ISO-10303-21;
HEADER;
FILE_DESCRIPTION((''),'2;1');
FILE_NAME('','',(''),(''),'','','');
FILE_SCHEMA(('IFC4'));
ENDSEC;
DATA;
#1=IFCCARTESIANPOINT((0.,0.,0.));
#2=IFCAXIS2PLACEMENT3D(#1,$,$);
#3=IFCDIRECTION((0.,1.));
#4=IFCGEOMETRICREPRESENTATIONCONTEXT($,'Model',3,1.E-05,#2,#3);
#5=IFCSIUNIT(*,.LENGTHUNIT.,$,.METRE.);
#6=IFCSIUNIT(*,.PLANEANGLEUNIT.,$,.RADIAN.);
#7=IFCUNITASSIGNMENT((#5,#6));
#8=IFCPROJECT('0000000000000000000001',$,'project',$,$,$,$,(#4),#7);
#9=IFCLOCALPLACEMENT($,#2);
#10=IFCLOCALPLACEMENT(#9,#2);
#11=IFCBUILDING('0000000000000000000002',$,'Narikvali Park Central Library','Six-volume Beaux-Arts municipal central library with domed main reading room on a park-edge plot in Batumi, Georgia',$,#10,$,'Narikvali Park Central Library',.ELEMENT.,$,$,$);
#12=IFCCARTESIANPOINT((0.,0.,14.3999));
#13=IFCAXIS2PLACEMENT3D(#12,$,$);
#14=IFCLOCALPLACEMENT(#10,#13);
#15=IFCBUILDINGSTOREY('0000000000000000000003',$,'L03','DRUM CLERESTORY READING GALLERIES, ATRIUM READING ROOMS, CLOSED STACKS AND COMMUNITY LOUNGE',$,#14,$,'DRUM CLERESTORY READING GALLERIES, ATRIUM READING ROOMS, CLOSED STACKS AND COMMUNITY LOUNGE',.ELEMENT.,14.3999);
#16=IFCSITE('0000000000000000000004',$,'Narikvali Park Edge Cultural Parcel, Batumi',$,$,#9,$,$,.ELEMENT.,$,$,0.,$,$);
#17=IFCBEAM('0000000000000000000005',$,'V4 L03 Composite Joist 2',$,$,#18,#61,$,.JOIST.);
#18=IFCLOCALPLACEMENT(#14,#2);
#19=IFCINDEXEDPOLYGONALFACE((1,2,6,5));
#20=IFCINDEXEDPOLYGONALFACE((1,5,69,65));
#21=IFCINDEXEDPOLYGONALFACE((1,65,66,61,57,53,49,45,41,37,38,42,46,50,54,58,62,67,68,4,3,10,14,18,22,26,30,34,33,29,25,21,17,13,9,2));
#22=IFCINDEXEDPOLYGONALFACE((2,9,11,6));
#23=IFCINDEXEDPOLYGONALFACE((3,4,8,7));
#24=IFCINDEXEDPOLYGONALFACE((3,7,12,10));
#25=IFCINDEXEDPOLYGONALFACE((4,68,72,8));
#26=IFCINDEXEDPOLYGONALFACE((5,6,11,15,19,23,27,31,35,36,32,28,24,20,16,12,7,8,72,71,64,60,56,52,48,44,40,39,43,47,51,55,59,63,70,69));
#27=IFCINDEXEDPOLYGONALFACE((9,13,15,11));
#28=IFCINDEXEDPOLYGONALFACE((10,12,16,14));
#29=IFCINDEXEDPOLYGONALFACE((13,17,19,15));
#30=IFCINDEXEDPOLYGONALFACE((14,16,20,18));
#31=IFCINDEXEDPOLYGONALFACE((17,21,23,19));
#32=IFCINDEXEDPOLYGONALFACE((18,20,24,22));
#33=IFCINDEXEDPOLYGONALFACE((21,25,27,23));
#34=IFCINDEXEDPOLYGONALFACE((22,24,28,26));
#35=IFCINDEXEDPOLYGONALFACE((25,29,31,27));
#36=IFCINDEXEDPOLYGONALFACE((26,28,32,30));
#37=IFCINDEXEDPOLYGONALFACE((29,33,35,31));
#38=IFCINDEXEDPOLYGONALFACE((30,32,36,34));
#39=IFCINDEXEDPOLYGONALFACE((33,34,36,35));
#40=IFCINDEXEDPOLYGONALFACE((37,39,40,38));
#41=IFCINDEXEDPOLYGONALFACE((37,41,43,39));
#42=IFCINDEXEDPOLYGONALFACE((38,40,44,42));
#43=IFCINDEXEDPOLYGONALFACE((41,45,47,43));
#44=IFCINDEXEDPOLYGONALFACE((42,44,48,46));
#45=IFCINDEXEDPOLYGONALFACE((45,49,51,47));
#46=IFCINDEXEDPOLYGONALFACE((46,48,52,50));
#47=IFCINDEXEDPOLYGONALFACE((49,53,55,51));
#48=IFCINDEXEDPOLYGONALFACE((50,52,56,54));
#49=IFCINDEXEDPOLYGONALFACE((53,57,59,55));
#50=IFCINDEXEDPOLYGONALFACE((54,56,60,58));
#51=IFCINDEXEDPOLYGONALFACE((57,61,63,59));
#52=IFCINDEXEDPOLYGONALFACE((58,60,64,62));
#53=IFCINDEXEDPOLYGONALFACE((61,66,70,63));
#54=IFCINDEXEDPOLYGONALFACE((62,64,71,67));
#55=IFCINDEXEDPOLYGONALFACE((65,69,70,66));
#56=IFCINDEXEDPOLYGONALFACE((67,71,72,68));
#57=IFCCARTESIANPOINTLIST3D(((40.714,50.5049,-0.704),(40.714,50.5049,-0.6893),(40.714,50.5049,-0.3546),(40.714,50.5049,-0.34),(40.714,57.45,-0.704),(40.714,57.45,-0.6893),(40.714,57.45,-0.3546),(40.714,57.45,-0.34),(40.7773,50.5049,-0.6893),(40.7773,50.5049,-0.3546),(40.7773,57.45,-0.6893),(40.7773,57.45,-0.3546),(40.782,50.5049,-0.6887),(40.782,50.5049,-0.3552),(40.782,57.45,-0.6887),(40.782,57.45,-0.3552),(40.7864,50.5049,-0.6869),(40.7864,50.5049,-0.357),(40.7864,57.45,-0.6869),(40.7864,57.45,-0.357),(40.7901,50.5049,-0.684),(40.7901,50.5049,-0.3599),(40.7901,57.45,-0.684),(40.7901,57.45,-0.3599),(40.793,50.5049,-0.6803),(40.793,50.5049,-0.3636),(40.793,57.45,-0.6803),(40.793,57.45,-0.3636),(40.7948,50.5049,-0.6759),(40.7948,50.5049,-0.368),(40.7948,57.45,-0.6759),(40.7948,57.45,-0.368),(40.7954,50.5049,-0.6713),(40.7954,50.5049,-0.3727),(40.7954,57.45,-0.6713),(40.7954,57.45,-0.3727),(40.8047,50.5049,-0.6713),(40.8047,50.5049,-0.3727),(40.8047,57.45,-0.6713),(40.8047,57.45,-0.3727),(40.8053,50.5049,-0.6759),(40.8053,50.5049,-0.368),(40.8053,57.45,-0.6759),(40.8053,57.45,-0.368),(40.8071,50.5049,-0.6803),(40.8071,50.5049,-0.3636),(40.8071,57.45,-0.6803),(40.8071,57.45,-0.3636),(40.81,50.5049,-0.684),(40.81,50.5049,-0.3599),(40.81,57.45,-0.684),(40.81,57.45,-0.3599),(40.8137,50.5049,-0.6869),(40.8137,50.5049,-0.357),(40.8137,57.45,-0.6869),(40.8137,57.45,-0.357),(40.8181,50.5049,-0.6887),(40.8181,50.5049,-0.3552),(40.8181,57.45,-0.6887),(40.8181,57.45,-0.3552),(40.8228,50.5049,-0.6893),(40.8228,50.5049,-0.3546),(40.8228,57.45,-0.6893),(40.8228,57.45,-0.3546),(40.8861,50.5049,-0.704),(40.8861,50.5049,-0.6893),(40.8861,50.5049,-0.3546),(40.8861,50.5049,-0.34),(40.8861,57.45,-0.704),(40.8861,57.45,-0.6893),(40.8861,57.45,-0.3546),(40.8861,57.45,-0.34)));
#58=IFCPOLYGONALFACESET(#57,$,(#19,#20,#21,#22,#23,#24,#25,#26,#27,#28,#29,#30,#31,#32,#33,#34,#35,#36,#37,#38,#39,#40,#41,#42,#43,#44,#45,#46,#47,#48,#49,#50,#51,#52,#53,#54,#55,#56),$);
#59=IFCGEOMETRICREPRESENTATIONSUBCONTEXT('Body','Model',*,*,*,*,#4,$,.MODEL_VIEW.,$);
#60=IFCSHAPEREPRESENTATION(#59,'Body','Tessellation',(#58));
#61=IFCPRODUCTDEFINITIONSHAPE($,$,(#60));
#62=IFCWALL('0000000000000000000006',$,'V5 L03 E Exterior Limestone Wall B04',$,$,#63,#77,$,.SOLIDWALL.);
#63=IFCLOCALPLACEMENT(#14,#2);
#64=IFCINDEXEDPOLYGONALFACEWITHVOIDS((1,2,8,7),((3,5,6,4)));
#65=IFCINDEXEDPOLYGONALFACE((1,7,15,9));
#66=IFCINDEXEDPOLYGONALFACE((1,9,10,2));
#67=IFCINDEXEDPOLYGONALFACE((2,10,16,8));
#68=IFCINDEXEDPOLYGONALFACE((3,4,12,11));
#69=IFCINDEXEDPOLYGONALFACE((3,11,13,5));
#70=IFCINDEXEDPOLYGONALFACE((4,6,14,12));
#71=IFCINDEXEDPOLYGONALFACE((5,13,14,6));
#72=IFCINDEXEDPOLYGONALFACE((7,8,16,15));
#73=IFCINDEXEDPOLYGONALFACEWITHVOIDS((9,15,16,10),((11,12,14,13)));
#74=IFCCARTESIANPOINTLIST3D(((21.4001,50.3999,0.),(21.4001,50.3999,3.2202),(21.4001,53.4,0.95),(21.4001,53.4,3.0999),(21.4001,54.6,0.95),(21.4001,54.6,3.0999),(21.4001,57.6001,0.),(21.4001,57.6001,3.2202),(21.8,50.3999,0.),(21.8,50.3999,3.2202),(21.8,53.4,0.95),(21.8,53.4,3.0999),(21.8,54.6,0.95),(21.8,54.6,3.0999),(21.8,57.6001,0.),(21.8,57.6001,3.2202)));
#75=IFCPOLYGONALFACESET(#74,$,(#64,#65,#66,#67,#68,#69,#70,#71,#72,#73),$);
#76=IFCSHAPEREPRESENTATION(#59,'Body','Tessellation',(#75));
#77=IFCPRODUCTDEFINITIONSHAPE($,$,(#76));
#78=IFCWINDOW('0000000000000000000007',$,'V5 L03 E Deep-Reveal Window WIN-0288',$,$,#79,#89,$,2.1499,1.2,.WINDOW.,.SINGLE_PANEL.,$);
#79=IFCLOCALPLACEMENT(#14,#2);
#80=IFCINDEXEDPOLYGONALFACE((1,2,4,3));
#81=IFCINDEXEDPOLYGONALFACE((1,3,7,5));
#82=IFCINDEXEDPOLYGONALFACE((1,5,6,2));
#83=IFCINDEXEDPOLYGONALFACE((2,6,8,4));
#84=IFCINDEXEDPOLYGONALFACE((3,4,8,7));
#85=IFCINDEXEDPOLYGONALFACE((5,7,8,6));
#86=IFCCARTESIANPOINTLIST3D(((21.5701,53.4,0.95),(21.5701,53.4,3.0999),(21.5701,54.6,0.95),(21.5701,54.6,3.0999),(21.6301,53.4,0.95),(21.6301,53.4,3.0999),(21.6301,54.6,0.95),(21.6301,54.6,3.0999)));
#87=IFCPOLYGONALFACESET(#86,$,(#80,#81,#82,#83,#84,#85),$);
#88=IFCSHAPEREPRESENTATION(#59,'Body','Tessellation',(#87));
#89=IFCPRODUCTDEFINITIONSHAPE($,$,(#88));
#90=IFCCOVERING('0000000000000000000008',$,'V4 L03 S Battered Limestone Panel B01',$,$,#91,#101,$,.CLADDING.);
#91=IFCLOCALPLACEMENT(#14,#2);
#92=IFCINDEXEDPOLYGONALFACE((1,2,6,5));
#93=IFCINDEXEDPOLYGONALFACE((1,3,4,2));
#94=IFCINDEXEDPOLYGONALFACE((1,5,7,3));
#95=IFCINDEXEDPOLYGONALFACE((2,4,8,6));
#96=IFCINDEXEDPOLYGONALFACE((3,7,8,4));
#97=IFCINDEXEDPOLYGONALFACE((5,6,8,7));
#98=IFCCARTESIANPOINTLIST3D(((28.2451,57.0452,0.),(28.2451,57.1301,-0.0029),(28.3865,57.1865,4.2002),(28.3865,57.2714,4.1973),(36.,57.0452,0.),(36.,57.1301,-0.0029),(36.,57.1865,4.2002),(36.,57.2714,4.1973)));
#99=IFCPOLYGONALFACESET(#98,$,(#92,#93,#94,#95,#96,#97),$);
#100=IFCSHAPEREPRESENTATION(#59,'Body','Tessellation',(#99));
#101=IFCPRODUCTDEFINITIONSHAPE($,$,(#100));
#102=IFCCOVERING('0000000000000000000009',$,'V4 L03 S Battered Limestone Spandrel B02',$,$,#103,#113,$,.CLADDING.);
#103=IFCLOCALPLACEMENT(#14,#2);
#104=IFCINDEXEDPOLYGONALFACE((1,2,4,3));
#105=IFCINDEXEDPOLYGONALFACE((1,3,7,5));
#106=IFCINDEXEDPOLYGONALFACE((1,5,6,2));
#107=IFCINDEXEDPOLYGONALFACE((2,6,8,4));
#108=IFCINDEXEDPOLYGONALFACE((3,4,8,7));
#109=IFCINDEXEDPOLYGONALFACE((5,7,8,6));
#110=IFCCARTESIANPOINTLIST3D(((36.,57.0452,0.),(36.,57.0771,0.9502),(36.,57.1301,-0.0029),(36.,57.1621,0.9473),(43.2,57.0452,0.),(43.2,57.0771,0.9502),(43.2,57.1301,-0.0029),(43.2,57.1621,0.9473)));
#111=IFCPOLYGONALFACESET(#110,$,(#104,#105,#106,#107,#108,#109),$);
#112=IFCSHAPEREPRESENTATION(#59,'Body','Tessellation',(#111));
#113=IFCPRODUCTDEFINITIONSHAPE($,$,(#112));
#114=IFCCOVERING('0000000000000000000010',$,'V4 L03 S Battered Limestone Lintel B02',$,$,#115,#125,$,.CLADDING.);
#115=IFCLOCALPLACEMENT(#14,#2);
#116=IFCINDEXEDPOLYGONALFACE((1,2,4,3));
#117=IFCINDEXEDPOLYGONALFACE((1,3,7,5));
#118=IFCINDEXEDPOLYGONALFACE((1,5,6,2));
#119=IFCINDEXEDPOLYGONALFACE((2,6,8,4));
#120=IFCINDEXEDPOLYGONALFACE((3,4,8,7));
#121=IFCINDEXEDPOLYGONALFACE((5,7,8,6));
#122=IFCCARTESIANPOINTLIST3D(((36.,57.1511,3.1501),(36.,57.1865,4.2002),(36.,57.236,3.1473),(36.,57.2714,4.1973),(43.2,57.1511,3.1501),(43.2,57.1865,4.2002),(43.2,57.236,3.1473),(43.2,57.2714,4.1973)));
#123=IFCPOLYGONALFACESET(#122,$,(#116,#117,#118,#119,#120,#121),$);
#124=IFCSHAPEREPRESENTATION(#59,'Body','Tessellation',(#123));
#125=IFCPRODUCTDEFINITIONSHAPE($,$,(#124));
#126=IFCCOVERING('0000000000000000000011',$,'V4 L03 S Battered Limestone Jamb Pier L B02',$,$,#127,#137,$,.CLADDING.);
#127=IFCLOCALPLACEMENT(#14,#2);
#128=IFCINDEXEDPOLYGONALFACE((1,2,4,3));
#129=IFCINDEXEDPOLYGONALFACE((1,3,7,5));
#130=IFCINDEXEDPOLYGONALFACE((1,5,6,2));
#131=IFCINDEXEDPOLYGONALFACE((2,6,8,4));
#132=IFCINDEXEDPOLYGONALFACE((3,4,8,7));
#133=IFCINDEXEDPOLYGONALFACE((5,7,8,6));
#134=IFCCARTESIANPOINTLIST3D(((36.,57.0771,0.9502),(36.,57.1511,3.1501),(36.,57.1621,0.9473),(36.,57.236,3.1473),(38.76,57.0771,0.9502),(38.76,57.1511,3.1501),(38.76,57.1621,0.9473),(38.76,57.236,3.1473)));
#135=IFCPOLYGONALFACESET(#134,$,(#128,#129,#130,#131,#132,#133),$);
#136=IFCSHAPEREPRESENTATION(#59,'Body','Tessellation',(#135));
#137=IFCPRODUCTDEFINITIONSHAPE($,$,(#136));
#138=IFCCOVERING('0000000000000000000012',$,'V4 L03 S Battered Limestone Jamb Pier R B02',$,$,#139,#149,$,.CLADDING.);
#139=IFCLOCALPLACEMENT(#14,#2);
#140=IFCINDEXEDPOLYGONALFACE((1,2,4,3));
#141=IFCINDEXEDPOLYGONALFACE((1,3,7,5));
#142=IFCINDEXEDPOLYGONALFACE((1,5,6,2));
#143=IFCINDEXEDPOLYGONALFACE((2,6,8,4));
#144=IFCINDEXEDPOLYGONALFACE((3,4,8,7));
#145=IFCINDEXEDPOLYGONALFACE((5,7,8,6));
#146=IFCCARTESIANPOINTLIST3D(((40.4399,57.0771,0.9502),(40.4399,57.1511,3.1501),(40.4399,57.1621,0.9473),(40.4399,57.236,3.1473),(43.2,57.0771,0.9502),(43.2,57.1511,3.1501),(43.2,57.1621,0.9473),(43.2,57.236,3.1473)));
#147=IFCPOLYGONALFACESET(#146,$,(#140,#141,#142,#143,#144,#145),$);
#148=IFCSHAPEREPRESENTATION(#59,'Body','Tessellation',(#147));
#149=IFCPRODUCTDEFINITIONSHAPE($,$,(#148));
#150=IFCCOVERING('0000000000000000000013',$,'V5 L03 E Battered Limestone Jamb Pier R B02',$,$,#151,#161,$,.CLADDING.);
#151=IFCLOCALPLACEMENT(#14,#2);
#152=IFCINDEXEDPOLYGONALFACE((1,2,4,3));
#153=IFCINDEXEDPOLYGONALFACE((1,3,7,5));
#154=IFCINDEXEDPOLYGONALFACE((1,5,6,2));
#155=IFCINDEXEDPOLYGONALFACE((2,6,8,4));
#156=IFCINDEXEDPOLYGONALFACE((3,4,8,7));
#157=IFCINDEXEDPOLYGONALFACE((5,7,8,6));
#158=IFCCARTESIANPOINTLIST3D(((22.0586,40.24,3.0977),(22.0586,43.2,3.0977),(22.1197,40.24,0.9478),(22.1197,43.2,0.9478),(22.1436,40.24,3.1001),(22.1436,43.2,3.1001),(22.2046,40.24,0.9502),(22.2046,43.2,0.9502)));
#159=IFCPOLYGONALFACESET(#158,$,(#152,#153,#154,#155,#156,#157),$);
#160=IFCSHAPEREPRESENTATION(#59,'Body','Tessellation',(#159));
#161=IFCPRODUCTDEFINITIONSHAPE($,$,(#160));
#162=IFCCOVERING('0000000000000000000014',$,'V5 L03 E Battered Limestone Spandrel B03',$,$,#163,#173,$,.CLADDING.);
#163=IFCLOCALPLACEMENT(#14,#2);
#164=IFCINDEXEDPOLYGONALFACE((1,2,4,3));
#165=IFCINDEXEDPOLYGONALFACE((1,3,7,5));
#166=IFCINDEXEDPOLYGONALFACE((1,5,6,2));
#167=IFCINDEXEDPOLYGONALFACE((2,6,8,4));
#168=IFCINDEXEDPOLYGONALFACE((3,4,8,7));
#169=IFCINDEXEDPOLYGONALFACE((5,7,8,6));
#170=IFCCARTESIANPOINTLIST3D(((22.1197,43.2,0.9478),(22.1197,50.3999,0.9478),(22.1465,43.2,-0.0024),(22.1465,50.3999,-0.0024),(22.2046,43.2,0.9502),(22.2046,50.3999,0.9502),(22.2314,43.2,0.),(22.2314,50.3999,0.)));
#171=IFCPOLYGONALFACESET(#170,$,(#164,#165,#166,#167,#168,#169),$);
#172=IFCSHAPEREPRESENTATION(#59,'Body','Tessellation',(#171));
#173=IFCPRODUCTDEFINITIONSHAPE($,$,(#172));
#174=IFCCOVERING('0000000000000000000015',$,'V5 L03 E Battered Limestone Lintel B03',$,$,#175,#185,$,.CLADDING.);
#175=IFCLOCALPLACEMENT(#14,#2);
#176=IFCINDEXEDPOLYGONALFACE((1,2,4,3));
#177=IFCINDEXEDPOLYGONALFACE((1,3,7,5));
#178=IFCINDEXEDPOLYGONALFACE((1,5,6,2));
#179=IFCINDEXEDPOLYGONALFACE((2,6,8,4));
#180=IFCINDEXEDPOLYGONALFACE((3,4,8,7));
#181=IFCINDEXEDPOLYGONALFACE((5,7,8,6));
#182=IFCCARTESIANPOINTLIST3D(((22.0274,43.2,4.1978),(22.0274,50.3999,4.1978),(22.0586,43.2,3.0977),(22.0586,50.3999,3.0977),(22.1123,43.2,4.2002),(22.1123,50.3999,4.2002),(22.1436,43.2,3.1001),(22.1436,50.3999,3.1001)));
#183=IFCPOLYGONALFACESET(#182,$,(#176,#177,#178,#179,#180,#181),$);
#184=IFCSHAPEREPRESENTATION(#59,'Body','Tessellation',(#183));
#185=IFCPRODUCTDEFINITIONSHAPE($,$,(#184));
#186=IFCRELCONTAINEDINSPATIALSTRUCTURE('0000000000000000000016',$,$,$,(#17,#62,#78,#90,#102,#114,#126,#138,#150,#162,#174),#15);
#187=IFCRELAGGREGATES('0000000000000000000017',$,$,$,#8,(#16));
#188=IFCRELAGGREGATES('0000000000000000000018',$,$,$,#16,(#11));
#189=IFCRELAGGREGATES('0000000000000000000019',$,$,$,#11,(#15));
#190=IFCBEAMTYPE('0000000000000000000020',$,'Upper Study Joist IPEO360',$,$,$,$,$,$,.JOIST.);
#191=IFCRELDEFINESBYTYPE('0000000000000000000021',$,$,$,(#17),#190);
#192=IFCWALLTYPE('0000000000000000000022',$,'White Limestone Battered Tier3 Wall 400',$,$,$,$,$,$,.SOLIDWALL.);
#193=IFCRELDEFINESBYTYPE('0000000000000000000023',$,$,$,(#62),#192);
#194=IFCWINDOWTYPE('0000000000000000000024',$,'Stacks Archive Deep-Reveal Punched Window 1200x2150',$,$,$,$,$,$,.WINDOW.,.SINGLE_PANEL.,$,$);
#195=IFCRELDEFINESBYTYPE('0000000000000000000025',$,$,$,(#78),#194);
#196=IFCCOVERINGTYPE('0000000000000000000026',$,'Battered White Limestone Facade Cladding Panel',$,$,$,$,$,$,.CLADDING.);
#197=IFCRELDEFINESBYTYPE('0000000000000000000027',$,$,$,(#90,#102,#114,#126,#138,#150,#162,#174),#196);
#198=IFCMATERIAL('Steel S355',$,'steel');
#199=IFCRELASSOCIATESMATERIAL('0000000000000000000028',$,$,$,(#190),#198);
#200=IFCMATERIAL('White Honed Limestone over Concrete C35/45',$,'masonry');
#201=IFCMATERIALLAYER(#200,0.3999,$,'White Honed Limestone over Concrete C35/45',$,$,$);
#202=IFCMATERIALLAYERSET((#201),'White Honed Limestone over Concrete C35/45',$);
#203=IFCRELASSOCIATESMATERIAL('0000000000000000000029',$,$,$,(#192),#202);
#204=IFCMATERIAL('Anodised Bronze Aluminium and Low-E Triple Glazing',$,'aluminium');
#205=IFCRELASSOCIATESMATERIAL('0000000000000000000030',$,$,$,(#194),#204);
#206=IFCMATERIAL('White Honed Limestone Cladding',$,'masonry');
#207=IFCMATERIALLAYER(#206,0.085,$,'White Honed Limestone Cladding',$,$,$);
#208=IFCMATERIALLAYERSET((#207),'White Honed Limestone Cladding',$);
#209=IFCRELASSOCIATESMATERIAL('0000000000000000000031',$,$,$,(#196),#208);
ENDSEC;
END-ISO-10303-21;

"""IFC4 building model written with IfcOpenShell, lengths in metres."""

from ifc_helpers import new_model, si_unit, direction, frame, frame_2d, origin, origin_2d, place, context, subcontext, project, spatial, polyline, rectangle, i_section, outline, extrude, material, layer, layer_set, material_profile, profile_set, type_object, element, fill, save


model = new_model("IFC4")

# Units and contexts
model_context = context("Model", 3, precision=1e-05, world=origin(), true_north=direction((0.0, 1.0)))
body_context = subcontext(model_context, "Body", "Model", "MODEL_VIEW")
ifc_project = project(units=[si_unit("LENGTHUNIT", "METRE"), si_unit("PLANEANGLEUNIT", "RADIAN")], contexts=[model_context])

# Site, building, storey
site_placement = place(None, origin())
site = spatial("IfcSite", under=ifc_project, at=site_placement, Name="Narikvali Park Edge Cultural Parcel, Batumi", CompositionType="ELEMENT", RefElevation=0.0)
building_placement = place(site_placement, origin())
building = spatial("IfcBuilding", under=site, at=building_placement, Name="Narikvali Park Central Library", Description="Six-volume Beaux-Arts municipal central library with domed main reading room on a park-edge plot in Batumi, Georgia", LongName="Narikvali Park Central Library", CompositionType="ELEMENT")
storey_placement = place(building_placement, frame((0.0, 0.0, 14.3999)))
storey = spatial("IfcBuildingStorey", under=building, at=storey_placement, Name="L03", Description="DRUM CLERESTORY READING GALLERIES, ATRIUM READING ROOMS, CLOSED STACKS AND COMMUNITY LOUNGE", LongName="DRUM CLERESTORY READING GALLERIES, ATRIUM READING ROOMS, CLOSED STACKS AND COMMUNITY LOUNGE", CompositionType="ELEMENT", Elevation=14.3999)

# Beam
ifc_material_1 = material(Name="Steel S355", Category="steel")
ifc_material_profile_1 = material_profile(ifc_material_1, i_section(OverallWidth=0.1721, OverallDepth=0.364, WebThickness=0.0093, FlangeThickness=0.0146, FilletRadius=0.0181, at=origin_2d()), Name="IPEO 360")
ifc_profile_set_1 = profile_set([ifc_material_profile_1], Name="Steel S355")
beam_type_1 = type_object("IfcBeamType", Name="Upper Study Joist IPEO360", PredefinedType="JOIST", material=ifc_profile_set_1)
for number, where, z_axis, x_axis, name in (
    (1, (40.8, 50.5049, -0.522), (0.0, 1.0, 0.0), (-1.0, 0.0, 0.0), "V4 L03 Composite Joist 2"),
):
    element("IfcBeam", number, at=place(storey_placement, frame(where, z_axis=z_axis, x_axis=x_axis)), inside=storey, type_object=beam_type_1, Name=name, PredefinedType="JOIST", context=body_context, shape_type="SweptSolid", body=[
        extrude(i_section(OverallWidth=0.1721, OverallDepth=0.364, WebThickness=0.0093, FlangeThickness=0.0146, FilletRadius=0.0181, at=origin_2d()), origin(), (0.0, 0.0, 1.0), 6.9451),
    ])

# Wall, opening, window
ifc_material_2 = material(Name="White Honed Limestone over Concrete C35/45", Category="masonry")
ifc_layer_1 = layer(ifc_material_2, 0.3999, Name="White Honed Limestone over Concrete C35/45")
ifc_layer_set_1 = layer_set([ifc_layer_1], Name="White Honed Limestone over Concrete C35/45")
wall_type = type_object("IfcWallType", Name="White Limestone Battered Tier3 Wall 400", PredefinedType="SOLIDWALL", material=ifc_layer_set_1)
wall_placement = place(storey_placement, frame((21.6001, 50.3999, 0.0), z_axis=(0.0, 0.0, 1.0), x_axis=(0.0, 1.0, 0.0)))
wall = element("IfcWall", 2, at=wall_placement, inside=storey, type_object=wall_type, Name="V5 L03 E Exterior Limestone Wall B04", PredefinedType="SOLIDWALL", context=body_context, shape_type="SweptSolid", body=[
    extrude(rectangle(XDim=7.2002, YDim=0.3999, at=frame_2d((3.6001, 0.0))), origin(), (0.0, 0.0, 1.0), 3.2202),
])
opening_placement = place(wall_placement, frame((3.0, 0.0, 0.95)))
opening = element("IfcOpeningElement", 3, at=opening_placement, cuts=wall, PredefinedType="OPENING", context=body_context, shape_type="SweptSolid", body=[
    extrude(rectangle(XDim=1.2, YDim=2.1499, at=frame_2d((0.6001, 1.075))), frame((0.0, 0.2119, 0.0), z_axis=(0.0, -1.0, 0.0), x_axis=(1.0, 0.0, 0.0)), (0.0, 0.0, 1.0), 0.4238),
])
ifc_material_3 = material(Name="Anodised Bronze Aluminium and Low-E Triple Glazing", Category="aluminium")
window_type = type_object("IfcWindowType", Name="Stacks Archive Deep-Reveal Punched Window 1200x2150", PartitioningType="SINGLE_PANEL", PredefinedType="WINDOW", material=ifc_material_3)
window_placement = place(opening_placement, origin())
window = element("IfcWindow", 4, at=window_placement, inside=storey, type_object=window_type, Name="V5 L03 E Deep-Reveal Window WIN-0288", OverallHeight=2.1499, OverallWidth=1.2, PartitioningType="SINGLE_PANEL", PredefinedType="WINDOW", context=body_context, shape_type="SweptSolid", body=[
    extrude(rectangle(XDim=1.2, YDim=2.1499, at=frame_2d((0.6001, 1.075))), frame((0.0, 0.03, 0.0), z_axis=(0.0, -1.0, 0.0), x_axis=(1.0, 0.0, 0.0)), (0.0, 0.0, 1.0), 0.0601),
])
fill(opening, window)

# Coverings
ifc_material_4 = material(Name="White Honed Limestone Cladding", Category="masonry")
ifc_layer_2 = layer(ifc_material_4, 0.085, Name="White Honed Limestone Cladding")
ifc_layer_set_2 = layer_set([ifc_layer_2], Name="White Honed Limestone Cladding")
covering_type = type_object("IfcCoveringType", Name="Battered White Limestone Facade Cladding Panel", PredefinedType="CLADDING", material=ifc_layer_set_2)
covering_1_placement = place(storey_placement, frame((28.2451, 57.0452, 0.0), z_axis=(0.0, -0.999434, 0.033636), x_axis=(1.0, 0.0, 0.0)))
element("IfcCovering", 5, at=covering_1_placement, inside=storey, type_object=covering_type, Name="V4 L03 S Battered Limestone Panel B01", PredefinedType="CLADDING", context=body_context, shape_type="SweptSolid", body=[
    extrude(outline(polyline([(0.0, 0.0), (7.7549, 0.0), (7.7549, 4.2026), (0.1414, 4.2026), (0.0, 0.0)])), origin(), (0.0, 0.0, -1.0), 0.085),
])
covering_2_placement = place(storey_placement, frame((36.0, 57.0452, 0.0), z_axis=(0.0, -0.999434, 0.03364), x_axis=(1.0, 0.0, 0.0)))
element("IfcCovering", 6, at=covering_2_placement, inside=storey, type_object=covering_type, Name="V4 L03 S Battered Limestone Spandrel B02", PredefinedType="CLADDING", context=body_context, shape_type="SweptSolid", body=[
    extrude(outline(polyline([(0.0, 0.0), (7.2, 0.0), (7.2, 0.9507), (0.0, 0.9507), (0.0, 0.0)])), origin(), (0.0, 0.0, -1.0), 0.085),
])
covering_3_placement = place(storey_placement, frame((36.0, 57.1511, 3.1501), z_axis=(0.0, -0.999432, 0.033694), x_axis=(1.0, 0.0, 0.0)))
element("IfcCovering", 7, at=covering_3_placement, inside=storey, type_object=covering_type, Name="V4 L03 S Battered Limestone Lintel B02", PredefinedType="CLADDING", context=body_context, shape_type="SweptSolid", body=[
    extrude(outline(polyline([(0.0, 0.0), (7.2, 0.0), (7.2, 1.0506), (0.0, 1.0506), (0.0, 0.0)])), origin(), (0.0, 0.0, -1.0), 0.085),
])
for number, where, z_axis, x_axis, name in (
    (8, (36.0, 57.0771, 0.9502), (0.0, -0.999435, 0.033607), (1.0, 0.0, 0.0), "V4 L03 S Battered Limestone Jamb Pier L B02"),
    (9, (40.4399, 57.0771, 0.9502), (0.0, -0.999435, 0.033607), (1.0, 0.0, 0.0), "V4 L03 S Battered Limestone Jamb Pier R B02"),
):
    element("IfcCovering", number, at=place(storey_placement, frame(where, z_axis=z_axis, x_axis=x_axis)), inside=storey, type_object=covering_type, Name=name, PredefinedType="CLADDING", context=body_context, shape_type="SweptSolid", body=[
        extrude(outline(polyline([(0.0, 0.0), (2.76, 0.0), (2.76, 2.2012), (0.0, 2.2012), (0.0, 0.0)])), origin(), (0.0, 0.0, -1.0), 0.085),
    ])
covering_4_placement = place(storey_placement, frame((22.2046, 40.24, 0.9502), z_axis=(0.999597, 0.0, 0.028378), x_axis=(0.0, 1.0, 0.0)))
element("IfcCovering", 10, at=covering_4_placement, inside=storey, type_object=covering_type, Name="V5 L03 E Battered Limestone Jamb Pier R B02", PredefinedType="CLADDING", context=body_context, shape_type="SweptSolid", body=[
    extrude(outline(polyline([(0.0, 0.0), (2.96, 0.0), (2.96, 2.1508), (0.0, 2.1508), (0.0, 0.0)])), origin(), (0.0, 0.0, -1.0), 0.085),
])
covering_5_placement = place(storey_placement, frame((22.2314, 43.2, 0.0), z_axis=(0.999601, 0.0, 0.028252), x_axis=(0.0, 1.0, 0.0)))
element("IfcCovering", 11, at=covering_5_placement, inside=storey, type_object=covering_type, Name="V5 L03 E Battered Limestone Spandrel B03", PredefinedType="CLADDING", context=body_context, shape_type="SweptSolid", body=[
    extrude(outline(polyline([(0.0, 0.0), (7.2, 0.0), (7.2, 0.9506), (0.0, 0.9506), (0.0, 0.0)])), origin(), (0.0, 0.0, -1.0), 0.085),
])
covering_6_placement = place(storey_placement, frame((22.1436, 43.2, 3.1001), z_axis=(0.999597, 0.0, 0.028395), x_axis=(0.0, 1.0, 0.0)))
element("IfcCovering", 12, at=covering_6_placement, inside=storey, type_object=covering_type, Name="V5 L03 E Battered Limestone Lintel B03", PredefinedType="CLADDING", context=body_context, shape_type="SweptSolid", body=[
    extrude(outline(polyline([(0.0, 0.0), (7.2, 0.0), (7.2, 1.1005), (0.0, 1.1005), (0.0, 0.0)])), origin(), (0.0, 0.0, -1.0), 0.085),
])

save(model, "model.ifc")
